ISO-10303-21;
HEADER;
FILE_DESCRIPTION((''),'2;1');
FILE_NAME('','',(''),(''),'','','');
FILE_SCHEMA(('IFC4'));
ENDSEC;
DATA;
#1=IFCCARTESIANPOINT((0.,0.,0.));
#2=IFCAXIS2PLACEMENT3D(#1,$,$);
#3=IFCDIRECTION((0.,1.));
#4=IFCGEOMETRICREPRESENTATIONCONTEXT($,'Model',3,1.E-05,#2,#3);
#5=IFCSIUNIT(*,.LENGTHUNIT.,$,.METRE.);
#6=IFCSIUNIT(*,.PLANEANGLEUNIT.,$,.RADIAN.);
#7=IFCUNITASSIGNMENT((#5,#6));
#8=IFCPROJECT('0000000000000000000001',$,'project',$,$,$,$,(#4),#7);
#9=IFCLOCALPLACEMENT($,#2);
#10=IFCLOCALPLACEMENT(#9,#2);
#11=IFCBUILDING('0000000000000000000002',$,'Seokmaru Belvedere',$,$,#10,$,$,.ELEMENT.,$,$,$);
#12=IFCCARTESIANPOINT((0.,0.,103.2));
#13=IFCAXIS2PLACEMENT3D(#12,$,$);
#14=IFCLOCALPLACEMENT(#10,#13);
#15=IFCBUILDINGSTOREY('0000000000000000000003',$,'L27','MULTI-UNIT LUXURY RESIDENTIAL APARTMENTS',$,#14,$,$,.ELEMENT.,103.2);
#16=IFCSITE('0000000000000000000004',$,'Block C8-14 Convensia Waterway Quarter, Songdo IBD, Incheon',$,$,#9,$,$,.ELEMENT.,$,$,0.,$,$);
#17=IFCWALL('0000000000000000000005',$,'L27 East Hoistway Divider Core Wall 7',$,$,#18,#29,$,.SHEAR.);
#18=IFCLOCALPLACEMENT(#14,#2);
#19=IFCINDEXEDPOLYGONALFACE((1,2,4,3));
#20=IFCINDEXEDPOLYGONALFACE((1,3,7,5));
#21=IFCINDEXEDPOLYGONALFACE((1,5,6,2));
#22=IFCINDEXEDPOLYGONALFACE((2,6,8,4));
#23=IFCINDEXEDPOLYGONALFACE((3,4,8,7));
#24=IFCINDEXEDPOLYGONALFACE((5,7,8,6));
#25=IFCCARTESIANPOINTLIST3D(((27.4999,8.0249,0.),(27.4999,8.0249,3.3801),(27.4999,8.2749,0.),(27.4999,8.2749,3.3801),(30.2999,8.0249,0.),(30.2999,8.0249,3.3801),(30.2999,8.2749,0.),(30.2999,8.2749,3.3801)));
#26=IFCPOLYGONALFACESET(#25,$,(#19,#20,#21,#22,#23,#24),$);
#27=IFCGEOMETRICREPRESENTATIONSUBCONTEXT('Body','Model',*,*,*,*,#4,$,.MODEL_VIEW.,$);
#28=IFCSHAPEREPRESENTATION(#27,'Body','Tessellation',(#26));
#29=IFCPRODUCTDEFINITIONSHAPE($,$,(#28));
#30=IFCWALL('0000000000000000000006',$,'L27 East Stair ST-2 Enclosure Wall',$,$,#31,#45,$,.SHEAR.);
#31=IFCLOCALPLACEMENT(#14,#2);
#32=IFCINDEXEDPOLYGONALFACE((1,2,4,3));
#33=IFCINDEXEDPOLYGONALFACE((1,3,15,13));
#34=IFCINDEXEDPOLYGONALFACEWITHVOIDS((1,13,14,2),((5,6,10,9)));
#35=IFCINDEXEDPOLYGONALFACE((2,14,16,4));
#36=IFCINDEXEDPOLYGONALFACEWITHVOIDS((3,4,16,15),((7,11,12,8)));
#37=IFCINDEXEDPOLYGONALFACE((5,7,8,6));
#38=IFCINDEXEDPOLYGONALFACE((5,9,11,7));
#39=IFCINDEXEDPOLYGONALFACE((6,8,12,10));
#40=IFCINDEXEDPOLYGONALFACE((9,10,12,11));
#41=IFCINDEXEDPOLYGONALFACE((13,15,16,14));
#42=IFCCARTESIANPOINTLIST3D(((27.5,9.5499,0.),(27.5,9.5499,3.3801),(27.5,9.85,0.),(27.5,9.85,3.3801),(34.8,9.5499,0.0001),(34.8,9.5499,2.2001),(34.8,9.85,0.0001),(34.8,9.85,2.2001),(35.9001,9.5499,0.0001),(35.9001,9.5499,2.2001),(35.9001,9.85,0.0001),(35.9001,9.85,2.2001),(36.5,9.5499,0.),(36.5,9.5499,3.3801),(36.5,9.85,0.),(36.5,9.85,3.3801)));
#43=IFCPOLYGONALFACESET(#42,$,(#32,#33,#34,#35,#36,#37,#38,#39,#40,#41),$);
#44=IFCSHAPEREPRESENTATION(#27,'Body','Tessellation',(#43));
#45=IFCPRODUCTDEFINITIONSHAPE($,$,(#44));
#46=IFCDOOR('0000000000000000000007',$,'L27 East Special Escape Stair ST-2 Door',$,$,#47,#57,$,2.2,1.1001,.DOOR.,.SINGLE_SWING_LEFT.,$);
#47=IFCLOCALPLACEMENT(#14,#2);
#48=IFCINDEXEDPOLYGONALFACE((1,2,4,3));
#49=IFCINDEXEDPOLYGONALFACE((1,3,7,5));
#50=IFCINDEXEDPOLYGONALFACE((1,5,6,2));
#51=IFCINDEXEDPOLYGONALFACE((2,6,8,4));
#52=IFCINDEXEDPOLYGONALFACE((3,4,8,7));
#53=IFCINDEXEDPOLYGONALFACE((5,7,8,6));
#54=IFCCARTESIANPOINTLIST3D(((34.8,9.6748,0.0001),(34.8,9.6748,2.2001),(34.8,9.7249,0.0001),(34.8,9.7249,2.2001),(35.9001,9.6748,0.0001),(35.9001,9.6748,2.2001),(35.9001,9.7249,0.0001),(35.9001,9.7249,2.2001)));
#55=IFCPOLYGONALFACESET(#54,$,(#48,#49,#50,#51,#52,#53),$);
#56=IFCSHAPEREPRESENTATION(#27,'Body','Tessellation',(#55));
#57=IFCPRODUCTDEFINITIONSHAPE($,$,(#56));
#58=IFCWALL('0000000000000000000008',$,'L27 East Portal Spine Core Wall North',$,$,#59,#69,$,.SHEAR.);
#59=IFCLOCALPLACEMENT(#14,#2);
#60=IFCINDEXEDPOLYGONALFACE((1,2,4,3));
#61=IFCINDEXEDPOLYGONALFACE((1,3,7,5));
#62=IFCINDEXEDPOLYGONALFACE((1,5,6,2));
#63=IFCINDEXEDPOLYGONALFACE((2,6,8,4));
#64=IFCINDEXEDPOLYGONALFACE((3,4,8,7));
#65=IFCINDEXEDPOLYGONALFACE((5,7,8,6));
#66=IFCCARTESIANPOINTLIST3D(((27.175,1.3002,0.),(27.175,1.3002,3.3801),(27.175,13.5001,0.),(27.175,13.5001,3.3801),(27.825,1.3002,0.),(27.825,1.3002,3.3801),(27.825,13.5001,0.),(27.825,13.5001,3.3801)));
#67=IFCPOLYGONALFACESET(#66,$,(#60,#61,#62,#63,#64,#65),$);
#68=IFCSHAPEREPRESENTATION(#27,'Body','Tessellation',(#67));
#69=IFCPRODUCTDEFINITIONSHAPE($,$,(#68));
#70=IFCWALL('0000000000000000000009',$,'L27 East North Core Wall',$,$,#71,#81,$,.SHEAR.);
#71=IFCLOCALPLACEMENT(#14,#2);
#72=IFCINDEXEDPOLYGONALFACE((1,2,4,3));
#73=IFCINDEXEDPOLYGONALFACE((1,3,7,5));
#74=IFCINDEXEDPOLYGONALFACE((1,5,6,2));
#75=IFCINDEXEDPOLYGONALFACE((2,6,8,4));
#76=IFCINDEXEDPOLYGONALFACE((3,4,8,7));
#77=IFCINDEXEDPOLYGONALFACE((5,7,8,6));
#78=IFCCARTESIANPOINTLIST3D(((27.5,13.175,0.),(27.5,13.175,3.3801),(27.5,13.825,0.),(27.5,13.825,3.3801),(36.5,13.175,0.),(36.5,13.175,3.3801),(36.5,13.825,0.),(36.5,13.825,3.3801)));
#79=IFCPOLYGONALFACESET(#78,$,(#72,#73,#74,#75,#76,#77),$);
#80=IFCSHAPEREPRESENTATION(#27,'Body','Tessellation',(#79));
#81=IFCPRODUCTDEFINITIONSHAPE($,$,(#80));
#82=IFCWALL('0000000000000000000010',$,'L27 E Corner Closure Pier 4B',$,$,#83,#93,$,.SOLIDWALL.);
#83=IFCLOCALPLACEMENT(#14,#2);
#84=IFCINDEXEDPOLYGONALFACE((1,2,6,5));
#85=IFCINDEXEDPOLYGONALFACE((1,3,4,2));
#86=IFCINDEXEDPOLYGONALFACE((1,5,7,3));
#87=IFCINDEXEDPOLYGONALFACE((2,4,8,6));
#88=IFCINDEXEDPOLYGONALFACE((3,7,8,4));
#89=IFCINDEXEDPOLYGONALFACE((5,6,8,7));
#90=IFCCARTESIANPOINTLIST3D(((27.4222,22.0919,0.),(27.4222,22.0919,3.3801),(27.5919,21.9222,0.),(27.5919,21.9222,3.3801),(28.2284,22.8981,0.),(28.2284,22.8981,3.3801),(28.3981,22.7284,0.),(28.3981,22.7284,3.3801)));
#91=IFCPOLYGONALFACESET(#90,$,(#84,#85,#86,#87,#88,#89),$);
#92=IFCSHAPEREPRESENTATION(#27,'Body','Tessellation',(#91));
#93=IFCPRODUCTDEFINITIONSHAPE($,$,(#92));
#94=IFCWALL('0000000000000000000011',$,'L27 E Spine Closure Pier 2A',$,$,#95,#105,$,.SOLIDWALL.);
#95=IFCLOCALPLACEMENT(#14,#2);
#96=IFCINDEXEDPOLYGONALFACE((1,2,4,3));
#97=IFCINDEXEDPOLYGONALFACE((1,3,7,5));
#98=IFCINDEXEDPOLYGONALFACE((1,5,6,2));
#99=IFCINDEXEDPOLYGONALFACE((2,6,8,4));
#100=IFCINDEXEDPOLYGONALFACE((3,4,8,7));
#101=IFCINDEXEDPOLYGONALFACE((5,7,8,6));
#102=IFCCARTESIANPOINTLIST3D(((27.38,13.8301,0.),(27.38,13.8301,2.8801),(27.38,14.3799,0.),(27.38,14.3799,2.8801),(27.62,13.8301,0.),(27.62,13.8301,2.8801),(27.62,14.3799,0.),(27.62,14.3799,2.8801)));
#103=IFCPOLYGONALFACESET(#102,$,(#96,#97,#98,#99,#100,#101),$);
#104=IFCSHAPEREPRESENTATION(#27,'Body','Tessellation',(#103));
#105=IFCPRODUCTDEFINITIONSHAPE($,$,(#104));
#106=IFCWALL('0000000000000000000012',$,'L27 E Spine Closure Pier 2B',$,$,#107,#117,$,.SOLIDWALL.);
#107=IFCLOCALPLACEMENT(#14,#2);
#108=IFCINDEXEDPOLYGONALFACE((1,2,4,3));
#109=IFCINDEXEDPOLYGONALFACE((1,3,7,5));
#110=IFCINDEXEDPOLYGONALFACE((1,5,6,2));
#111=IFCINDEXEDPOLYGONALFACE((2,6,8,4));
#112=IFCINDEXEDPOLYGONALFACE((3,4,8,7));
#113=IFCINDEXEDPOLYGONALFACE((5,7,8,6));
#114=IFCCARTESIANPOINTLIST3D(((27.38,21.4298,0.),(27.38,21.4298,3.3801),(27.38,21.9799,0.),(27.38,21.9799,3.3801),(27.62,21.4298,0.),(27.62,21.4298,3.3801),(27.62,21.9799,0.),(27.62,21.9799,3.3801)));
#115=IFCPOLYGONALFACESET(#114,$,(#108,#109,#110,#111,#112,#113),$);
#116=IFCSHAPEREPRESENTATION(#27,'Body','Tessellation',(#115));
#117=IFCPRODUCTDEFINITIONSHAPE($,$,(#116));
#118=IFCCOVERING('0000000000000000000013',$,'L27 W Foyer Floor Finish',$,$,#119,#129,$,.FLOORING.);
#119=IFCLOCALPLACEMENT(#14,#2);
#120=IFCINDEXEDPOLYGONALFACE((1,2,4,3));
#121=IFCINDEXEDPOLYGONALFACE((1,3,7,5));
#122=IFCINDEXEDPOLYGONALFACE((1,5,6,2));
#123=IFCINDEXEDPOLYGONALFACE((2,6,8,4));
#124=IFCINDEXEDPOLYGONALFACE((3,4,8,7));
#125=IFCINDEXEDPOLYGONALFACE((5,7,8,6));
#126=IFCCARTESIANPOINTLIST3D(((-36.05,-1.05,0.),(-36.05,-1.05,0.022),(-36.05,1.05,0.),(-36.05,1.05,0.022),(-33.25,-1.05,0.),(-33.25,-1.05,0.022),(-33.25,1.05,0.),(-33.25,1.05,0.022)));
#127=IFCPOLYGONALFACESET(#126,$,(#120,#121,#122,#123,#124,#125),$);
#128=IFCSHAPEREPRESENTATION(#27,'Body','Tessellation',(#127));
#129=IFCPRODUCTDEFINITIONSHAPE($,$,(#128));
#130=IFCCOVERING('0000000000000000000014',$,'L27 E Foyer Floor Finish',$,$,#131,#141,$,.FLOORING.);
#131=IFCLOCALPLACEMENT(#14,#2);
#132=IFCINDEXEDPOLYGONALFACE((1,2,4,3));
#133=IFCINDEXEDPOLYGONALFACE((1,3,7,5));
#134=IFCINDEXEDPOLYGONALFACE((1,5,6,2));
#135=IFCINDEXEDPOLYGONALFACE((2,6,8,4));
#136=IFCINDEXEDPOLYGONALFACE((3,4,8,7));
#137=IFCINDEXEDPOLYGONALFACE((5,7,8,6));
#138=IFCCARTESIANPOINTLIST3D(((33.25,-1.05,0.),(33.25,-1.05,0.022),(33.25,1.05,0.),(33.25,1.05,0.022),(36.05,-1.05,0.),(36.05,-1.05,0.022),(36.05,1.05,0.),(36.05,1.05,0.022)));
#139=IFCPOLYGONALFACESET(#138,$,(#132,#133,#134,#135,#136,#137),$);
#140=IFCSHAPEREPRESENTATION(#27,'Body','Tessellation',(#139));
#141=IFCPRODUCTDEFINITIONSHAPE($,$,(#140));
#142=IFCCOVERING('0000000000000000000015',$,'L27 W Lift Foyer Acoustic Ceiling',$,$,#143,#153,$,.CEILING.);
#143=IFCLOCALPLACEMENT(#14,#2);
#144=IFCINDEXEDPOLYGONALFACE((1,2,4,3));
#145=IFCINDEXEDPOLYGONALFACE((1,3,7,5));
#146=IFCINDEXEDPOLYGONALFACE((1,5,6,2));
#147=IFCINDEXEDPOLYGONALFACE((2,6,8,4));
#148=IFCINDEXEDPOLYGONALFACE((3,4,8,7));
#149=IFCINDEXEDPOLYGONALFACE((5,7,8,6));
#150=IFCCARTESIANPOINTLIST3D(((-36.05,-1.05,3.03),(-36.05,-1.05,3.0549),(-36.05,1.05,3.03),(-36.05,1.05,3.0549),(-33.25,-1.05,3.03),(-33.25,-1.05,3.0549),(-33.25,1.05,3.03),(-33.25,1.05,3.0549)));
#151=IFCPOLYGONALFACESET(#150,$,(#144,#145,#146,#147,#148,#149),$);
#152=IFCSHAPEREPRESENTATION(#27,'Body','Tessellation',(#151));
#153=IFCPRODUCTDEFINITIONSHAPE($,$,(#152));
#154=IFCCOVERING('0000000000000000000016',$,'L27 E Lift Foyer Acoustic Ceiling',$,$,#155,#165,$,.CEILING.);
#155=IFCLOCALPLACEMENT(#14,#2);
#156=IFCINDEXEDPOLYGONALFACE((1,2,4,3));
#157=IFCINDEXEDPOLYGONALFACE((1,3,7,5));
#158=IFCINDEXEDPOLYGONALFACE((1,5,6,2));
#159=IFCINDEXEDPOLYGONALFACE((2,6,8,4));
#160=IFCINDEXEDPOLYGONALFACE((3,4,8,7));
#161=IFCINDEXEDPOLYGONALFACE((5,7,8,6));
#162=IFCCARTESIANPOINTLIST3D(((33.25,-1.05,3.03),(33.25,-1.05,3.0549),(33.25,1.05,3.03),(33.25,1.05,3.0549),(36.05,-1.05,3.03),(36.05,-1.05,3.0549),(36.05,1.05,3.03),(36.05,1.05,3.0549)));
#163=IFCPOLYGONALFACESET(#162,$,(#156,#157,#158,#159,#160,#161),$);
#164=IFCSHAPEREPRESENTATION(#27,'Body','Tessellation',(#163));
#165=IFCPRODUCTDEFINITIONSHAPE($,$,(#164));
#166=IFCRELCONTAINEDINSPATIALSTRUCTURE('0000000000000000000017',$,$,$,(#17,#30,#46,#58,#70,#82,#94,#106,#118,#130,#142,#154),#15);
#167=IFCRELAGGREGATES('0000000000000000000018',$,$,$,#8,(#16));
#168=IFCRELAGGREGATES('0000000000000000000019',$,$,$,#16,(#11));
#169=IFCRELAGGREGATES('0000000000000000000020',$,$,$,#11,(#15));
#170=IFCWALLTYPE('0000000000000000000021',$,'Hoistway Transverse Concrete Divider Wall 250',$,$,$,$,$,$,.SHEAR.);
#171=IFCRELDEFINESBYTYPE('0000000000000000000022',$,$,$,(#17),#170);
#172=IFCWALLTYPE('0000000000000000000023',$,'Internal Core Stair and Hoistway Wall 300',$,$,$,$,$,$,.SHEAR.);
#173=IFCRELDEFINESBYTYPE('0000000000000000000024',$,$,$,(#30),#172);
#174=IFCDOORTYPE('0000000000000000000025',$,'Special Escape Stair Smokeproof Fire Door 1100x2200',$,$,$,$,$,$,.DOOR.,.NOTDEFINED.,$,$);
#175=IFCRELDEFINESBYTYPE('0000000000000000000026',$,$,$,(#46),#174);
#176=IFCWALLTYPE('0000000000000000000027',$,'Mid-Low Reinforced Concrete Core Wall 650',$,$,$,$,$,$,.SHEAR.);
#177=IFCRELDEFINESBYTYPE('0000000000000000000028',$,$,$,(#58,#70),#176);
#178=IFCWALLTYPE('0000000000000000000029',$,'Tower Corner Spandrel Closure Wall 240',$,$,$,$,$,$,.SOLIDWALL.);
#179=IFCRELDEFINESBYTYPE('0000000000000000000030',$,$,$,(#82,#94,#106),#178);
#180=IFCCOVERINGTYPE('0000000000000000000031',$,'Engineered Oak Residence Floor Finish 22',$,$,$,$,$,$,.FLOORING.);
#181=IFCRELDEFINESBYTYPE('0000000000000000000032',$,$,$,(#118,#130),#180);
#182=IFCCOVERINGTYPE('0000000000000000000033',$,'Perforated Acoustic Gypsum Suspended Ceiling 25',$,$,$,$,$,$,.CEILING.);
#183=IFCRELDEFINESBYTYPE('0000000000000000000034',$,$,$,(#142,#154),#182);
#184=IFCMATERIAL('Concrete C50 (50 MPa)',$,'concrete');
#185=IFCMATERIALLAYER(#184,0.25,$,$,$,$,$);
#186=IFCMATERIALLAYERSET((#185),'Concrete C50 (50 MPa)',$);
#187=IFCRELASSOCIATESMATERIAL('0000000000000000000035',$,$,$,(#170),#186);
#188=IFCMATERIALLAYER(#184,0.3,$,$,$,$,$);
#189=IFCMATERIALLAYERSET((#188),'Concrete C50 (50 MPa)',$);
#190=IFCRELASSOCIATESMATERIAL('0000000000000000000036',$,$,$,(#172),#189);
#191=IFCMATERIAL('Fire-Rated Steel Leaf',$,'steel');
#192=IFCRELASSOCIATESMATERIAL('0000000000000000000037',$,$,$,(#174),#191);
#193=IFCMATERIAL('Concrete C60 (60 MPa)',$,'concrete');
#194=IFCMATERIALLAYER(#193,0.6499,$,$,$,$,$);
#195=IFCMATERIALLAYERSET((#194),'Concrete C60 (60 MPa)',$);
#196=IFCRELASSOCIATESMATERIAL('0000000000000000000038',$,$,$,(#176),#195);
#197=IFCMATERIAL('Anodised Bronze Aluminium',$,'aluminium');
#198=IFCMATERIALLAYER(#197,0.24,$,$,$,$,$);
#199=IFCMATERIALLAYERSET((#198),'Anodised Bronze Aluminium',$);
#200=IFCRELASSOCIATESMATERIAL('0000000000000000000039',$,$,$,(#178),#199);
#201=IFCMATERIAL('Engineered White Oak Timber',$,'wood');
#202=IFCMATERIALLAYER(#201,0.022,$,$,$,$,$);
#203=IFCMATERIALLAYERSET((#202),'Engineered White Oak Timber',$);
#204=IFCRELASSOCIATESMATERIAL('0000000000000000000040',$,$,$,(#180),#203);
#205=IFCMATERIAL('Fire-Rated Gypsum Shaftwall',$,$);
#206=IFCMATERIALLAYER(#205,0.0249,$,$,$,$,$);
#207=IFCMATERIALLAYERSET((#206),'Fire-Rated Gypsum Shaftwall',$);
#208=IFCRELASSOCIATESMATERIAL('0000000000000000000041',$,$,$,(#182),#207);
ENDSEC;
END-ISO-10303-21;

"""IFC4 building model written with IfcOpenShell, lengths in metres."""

from ifc_helpers import new_model, si_unit, direction, frame, frame_2d, origin, place, context, subcontext, project, spatial, polyline, rectangle, outline, extrude, source, transform, mapped, material, layer, layer_set, type_object, type_shapes, element, fill, save


model = new_model("IFC4")

# Units and contexts
model_context = context("Model", 3, precision=1e-05, world=origin(), true_north=direction((0.0, 1.0)))
body_context = subcontext(model_context, "Body", "Model", "MODEL_VIEW")
ifc_project = project(units=[si_unit("LENGTHUNIT", "METRE"), si_unit("PLANEANGLEUNIT", "RADIAN")], contexts=[model_context])

# Site, building, storey
site_placement = place(None, origin())
site = spatial("IfcSite", under=ifc_project, at=site_placement, Name="Block C8-14 Convensia Waterway Quarter, Songdo IBD, Incheon", CompositionType="ELEMENT", RefElevation=0.0)
building_placement = place(site_placement, origin())
building = spatial("IfcBuilding", under=site, at=building_placement, Name="Seokmaru Belvedere", CompositionType="ELEMENT")
storey_placement = place(building_placement, frame((0.0, 0.0, 103.2)))
storey = spatial("IfcBuildingStorey", under=building, at=storey_placement, Name="L27", Description="MULTI-UNIT LUXURY RESIDENTIAL APARTMENTS", CompositionType="ELEMENT", Elevation=103.2)

# Shared definitions
ifc_material_1 = material(Name="Anodised Bronze Aluminium", Category="aluminium")

# Shared definitions
ifc_material_2 = material(Name="Fire-Rated Gypsum Shaftwall")
ifc_material_3 = material(Name="Engineered White Oak Timber", Category="wood")

# Wall
ifc_material_4 = material(Name="Concrete C50 (50 MPa)", Category="concrete")
ifc_layer_1 = layer(ifc_material_4, 0.25)
ifc_layer_set_1 = layer_set([ifc_layer_1], Name="Concrete C50 (50 MPa)")
wall_type_1 = type_object("IfcWallType", Name="Hoistway Transverse Concrete Divider Wall 250", PredefinedType="SHEAR", material=ifc_layer_set_1)
for number, where, z_axis, x_axis, name in (
    (1, (27.5, 8.1499, 0.0), (0.0, 0.0, 1.0), (1.0, 0.0, 0.0), "L27 East Hoistway Divider Core Wall 7"),
):
    element("IfcWall", number, at=place(storey_placement, frame(where, z_axis=z_axis, x_axis=x_axis)), inside=storey, type_object=wall_type_1, Name=name, PredefinedType="SHEAR", context=body_context, shape_type="SweptSolid", body=[
        extrude(rectangle(XDim=2.8, YDim=0.25, at=frame_2d((1.3999, 0.0))), origin(), (0.0, 0.0, 1.0), 3.3801),
    ])

# Wall, opening, door
ifc_layer_2 = layer(ifc_material_4, 0.3)
ifc_layer_set_2 = layer_set([ifc_layer_2], Name="Concrete C50 (50 MPa)")
wall_type_2 = type_object("IfcWallType", Name="Internal Core Stair and Hoistway Wall 300", PredefinedType="SHEAR", material=ifc_layer_set_2)
wall_1_placement = place(storey_placement, frame((27.5, 9.7, 0.0), z_axis=(0.0, 0.0, 1.0), x_axis=(1.0, 0.0, 0.0)))
wall_1 = element("IfcWall", 2, at=wall_1_placement, inside=storey, type_object=wall_type_2, Name="L27 East Stair ST-2 Enclosure Wall", PredefinedType="SHEAR", context=body_context, shape_type="SweptSolid", body=[
    extrude(rectangle(XDim=9.0, YDim=0.3, at=frame_2d((4.5, 0.0))), origin(), (0.0, 0.0, 1.0), 3.3801),
])
opening_1_placement = place(wall_1_placement, frame((7.3, 0.0, 0.0)))
opening_1 = element("IfcOpeningElement", 3, at=opening_1_placement, cuts=wall_1, PredefinedType="OPENING", context=body_context, shape_type="SweptSolid", body=[
    extrude(rectangle(XDim=1.1001, YDim=2.2, at=frame_2d((0.55, 1.1001))), frame((0.0, 0.1602, 0.0), z_axis=(0.0, -1.0, 0.0), x_axis=(1.0, 0.0, 0.0)), (0.0, 0.0, 1.0), 0.3201),
])
ifc_material_5 = material(Name="Fire-Rated Steel Leaf", Category="steel")
door_type_1 = type_object("IfcDoorType", Name="Special Escape Stair Smokeproof Fire Door 1100x2200", OperationType="NOTDEFINED", PredefinedType="DOOR", material=ifc_material_5)
shared_shape_1 = source(origin(), body_context, "Body", "SweptSolid", [
    extrude(rectangle(XDim=1.1001, YDim=2.2, at=frame_2d((0.55, 1.1001))), frame((0.0, 0.0249, 0.0), z_axis=(0.0, -1.0, 0.0), x_axis=(1.0, 0.0, 0.0)), (0.0, 0.0, 1.0), 0.05),
])
type_shapes(door_type_1, [shared_shape_1])
door_1_placement = place(opening_1_placement, origin())
door_1 = element("IfcDoor", 4, at=door_1_placement, inside=storey, type_object=door_type_1, Name="L27 East Special Escape Stair ST-2 Door", OperationType="SINGLE_SWING_LEFT", OverallHeight=2.2, OverallWidth=1.1001, PredefinedType="DOOR", context=body_context, shape_type="MappedRepresentation", body=[
    mapped(shared_shape_1, transform((0.0, 0.0, 0.0), scale=1.0)),
])
fill(opening_1, door_1)

# Walls
ifc_material_6 = material(Name="Concrete C60 (60 MPa)", Category="concrete")
ifc_layer_3 = layer(ifc_material_6, 0.6499)
ifc_layer_set_3 = layer_set([ifc_layer_3], Name="Concrete C60 (60 MPa)")
wall_type_3 = type_object("IfcWallType", Name="Mid-Low Reinforced Concrete Core Wall 650", PredefinedType="SHEAR", material=ifc_layer_set_3)
wall_2_placement = place(storey_placement, frame((27.5, 1.3, 0.0), z_axis=(0.0, 0.0, 1.0), x_axis=(0.0, 1.0, 0.0)))
element("IfcWall", 5, at=wall_2_placement, inside=storey, type_object=wall_type_3, Name="L27 East Portal Spine Core Wall North", PredefinedType="SHEAR", context=body_context, shape_type="SweptSolid", body=[
    extrude(rectangle(XDim=12.2, YDim=0.6499, at=frame_2d((6.1001, 0.0))), origin(), (0.0, 0.0, 1.0), 3.3801),
])
wall_3_placement = place(storey_placement, frame((27.5, 13.5, 0.0), z_axis=(0.0, 0.0, 1.0), x_axis=(1.0, 0.0, 0.0)))
element("IfcWall", 6, at=wall_3_placement, inside=storey, type_object=wall_type_3, Name="L27 East North Core Wall", PredefinedType="SHEAR", context=body_context, shape_type="SweptSolid", body=[
    extrude(rectangle(XDim=9.0, YDim=0.6499, at=frame_2d((4.5, 0.0))), origin(), (0.0, 0.0, 1.0), 3.3801),
])
ifc_layer_4 = layer(ifc_material_1, 0.24)
ifc_layer_set_4 = layer_set([ifc_layer_4], Name="Anodised Bronze Aluminium")
wall_type_4 = type_object("IfcWallType", Name="Tower Corner Spandrel Closure Wall 240", PredefinedType="SOLIDWALL", material=ifc_layer_set_4)
wall_4_placement = place(storey_placement, frame((28.3132, 22.8132, 0.0), z_axis=(0.0, 0.0, 1.0), x_axis=(-0.707107, -0.707107, 0.0)))
element("IfcWall", 7, at=wall_4_placement, inside=storey, type_object=wall_type_4, Name="L27 E Corner Closure Pier 4B", PredefinedType="SOLIDWALL", context=body_context, shape_type="SweptSolid", body=[
    extrude(rectangle(XDim=1.1401, YDim=0.24, at=frame_2d((0.5701, 0.0))), origin(), (0.0, 0.0, 1.0), 3.3801),
])
wall_5_placement = place(storey_placement, frame((27.5, 13.8301, 0.0), z_axis=(0.0, 0.0, 1.0), x_axis=(0.0, 1.0, 0.0)))
element("IfcWall", 8, at=wall_5_placement, inside=storey, type_object=wall_type_4, Name="L27 E Spine Closure Pier 2A", PredefinedType="SOLIDWALL", context=body_context, shape_type="SweptSolid", body=[
    extrude(rectangle(XDim=0.5498, YDim=0.24, at=frame_2d((0.2749, 0.0))), origin(), (0.0, 0.0, 1.0), 2.8801),
])
wall_6_placement = place(storey_placement, frame((27.5, 21.4299, 0.0), z_axis=(0.0, 0.0, 1.0), x_axis=(0.0, 1.0, 0.0)))
element("IfcWall", 9, at=wall_6_placement, inside=storey, type_object=wall_type_4, Name="L27 E Spine Closure Pier 2B", PredefinedType="SOLIDWALL", context=body_context, shape_type="SweptSolid", body=[
    extrude(rectangle(XDim=0.55, YDim=0.24, at=frame_2d((0.2749, 0.0))), origin(), (0.0, 0.0, 1.0), 3.3801),
])

# Coverings
ifc_layer_5 = layer(ifc_material_3, 0.022)
ifc_layer_set_5 = layer_set([ifc_layer_5], Name="Engineered White Oak Timber")
covering_type_1 = type_object("IfcCoveringType", Name="Engineered Oak Residence Floor Finish 22", PredefinedType="FLOORING", material=ifc_layer_set_5)
covering_1_placement = place(storey_placement, origin())
element("IfcCovering", 10, at=covering_1_placement, inside=storey, type_object=covering_type_1, Name="L27 W Foyer Floor Finish", PredefinedType="FLOORING", context=body_context, shape_type="SweptSolid", body=[
    extrude(outline(polyline([(-36.05, -1.05), (-33.25, -1.05), (-33.25, 1.05), (-36.05, 1.05), (-36.05, -1.05)])), origin(), (0.0, 0.0, 1.0), 0.022),
])
covering_2_placement = place(storey_placement, origin())
element("IfcCovering", 11, at=covering_2_placement, inside=storey, type_object=covering_type_1, Name="L27 E Foyer Floor Finish", PredefinedType="FLOORING", context=body_context, shape_type="SweptSolid", body=[
    extrude(outline(polyline([(33.25, -1.05), (36.05, -1.05), (36.05, 1.05), (33.25, 1.05), (33.25, -1.05)])), origin(), (0.0, 0.0, 1.0), 0.022),
])
ifc_layer_6 = layer(ifc_material_2, 0.0249)
ifc_layer_set_6 = layer_set([ifc_layer_6], Name="Fire-Rated Gypsum Shaftwall")
covering_type_2 = type_object("IfcCoveringType", Name="Perforated Acoustic Gypsum Suspended Ceiling 25", PredefinedType="CEILING", material=ifc_layer_set_6)
covering_3_placement = place(storey_placement, frame((0.0, 0.0, 3.03)))
element("IfcCovering", 12, at=covering_3_placement, inside=storey, type_object=covering_type_2, Name="L27 W Lift Foyer Acoustic Ceiling", PredefinedType="CEILING", context=body_context, shape_type="SweptSolid", body=[
    extrude(outline(polyline([(-36.05, -1.05), (-33.25, -1.05), (-33.25, 1.05), (-36.05, 1.05), (-36.05, -1.05)])), origin(), (0.0, 0.0, 1.0), 0.0249),
])
covering_4_placement = place(storey_placement, frame((0.0, 0.0, 3.03)))
element("IfcCovering", 13, at=covering_4_placement, inside=storey, type_object=covering_type_2, Name="L27 E Lift Foyer Acoustic Ceiling", PredefinedType="CEILING", context=body_context, shape_type="SweptSolid", body=[
    extrude(outline(polyline([(33.25, -1.05), (36.05, -1.05), (36.05, 1.05), (33.25, 1.05), (33.25, -1.05)])), origin(), (0.0, 0.0, 1.0), 0.0249),
])

save(model, "model.ifc")
